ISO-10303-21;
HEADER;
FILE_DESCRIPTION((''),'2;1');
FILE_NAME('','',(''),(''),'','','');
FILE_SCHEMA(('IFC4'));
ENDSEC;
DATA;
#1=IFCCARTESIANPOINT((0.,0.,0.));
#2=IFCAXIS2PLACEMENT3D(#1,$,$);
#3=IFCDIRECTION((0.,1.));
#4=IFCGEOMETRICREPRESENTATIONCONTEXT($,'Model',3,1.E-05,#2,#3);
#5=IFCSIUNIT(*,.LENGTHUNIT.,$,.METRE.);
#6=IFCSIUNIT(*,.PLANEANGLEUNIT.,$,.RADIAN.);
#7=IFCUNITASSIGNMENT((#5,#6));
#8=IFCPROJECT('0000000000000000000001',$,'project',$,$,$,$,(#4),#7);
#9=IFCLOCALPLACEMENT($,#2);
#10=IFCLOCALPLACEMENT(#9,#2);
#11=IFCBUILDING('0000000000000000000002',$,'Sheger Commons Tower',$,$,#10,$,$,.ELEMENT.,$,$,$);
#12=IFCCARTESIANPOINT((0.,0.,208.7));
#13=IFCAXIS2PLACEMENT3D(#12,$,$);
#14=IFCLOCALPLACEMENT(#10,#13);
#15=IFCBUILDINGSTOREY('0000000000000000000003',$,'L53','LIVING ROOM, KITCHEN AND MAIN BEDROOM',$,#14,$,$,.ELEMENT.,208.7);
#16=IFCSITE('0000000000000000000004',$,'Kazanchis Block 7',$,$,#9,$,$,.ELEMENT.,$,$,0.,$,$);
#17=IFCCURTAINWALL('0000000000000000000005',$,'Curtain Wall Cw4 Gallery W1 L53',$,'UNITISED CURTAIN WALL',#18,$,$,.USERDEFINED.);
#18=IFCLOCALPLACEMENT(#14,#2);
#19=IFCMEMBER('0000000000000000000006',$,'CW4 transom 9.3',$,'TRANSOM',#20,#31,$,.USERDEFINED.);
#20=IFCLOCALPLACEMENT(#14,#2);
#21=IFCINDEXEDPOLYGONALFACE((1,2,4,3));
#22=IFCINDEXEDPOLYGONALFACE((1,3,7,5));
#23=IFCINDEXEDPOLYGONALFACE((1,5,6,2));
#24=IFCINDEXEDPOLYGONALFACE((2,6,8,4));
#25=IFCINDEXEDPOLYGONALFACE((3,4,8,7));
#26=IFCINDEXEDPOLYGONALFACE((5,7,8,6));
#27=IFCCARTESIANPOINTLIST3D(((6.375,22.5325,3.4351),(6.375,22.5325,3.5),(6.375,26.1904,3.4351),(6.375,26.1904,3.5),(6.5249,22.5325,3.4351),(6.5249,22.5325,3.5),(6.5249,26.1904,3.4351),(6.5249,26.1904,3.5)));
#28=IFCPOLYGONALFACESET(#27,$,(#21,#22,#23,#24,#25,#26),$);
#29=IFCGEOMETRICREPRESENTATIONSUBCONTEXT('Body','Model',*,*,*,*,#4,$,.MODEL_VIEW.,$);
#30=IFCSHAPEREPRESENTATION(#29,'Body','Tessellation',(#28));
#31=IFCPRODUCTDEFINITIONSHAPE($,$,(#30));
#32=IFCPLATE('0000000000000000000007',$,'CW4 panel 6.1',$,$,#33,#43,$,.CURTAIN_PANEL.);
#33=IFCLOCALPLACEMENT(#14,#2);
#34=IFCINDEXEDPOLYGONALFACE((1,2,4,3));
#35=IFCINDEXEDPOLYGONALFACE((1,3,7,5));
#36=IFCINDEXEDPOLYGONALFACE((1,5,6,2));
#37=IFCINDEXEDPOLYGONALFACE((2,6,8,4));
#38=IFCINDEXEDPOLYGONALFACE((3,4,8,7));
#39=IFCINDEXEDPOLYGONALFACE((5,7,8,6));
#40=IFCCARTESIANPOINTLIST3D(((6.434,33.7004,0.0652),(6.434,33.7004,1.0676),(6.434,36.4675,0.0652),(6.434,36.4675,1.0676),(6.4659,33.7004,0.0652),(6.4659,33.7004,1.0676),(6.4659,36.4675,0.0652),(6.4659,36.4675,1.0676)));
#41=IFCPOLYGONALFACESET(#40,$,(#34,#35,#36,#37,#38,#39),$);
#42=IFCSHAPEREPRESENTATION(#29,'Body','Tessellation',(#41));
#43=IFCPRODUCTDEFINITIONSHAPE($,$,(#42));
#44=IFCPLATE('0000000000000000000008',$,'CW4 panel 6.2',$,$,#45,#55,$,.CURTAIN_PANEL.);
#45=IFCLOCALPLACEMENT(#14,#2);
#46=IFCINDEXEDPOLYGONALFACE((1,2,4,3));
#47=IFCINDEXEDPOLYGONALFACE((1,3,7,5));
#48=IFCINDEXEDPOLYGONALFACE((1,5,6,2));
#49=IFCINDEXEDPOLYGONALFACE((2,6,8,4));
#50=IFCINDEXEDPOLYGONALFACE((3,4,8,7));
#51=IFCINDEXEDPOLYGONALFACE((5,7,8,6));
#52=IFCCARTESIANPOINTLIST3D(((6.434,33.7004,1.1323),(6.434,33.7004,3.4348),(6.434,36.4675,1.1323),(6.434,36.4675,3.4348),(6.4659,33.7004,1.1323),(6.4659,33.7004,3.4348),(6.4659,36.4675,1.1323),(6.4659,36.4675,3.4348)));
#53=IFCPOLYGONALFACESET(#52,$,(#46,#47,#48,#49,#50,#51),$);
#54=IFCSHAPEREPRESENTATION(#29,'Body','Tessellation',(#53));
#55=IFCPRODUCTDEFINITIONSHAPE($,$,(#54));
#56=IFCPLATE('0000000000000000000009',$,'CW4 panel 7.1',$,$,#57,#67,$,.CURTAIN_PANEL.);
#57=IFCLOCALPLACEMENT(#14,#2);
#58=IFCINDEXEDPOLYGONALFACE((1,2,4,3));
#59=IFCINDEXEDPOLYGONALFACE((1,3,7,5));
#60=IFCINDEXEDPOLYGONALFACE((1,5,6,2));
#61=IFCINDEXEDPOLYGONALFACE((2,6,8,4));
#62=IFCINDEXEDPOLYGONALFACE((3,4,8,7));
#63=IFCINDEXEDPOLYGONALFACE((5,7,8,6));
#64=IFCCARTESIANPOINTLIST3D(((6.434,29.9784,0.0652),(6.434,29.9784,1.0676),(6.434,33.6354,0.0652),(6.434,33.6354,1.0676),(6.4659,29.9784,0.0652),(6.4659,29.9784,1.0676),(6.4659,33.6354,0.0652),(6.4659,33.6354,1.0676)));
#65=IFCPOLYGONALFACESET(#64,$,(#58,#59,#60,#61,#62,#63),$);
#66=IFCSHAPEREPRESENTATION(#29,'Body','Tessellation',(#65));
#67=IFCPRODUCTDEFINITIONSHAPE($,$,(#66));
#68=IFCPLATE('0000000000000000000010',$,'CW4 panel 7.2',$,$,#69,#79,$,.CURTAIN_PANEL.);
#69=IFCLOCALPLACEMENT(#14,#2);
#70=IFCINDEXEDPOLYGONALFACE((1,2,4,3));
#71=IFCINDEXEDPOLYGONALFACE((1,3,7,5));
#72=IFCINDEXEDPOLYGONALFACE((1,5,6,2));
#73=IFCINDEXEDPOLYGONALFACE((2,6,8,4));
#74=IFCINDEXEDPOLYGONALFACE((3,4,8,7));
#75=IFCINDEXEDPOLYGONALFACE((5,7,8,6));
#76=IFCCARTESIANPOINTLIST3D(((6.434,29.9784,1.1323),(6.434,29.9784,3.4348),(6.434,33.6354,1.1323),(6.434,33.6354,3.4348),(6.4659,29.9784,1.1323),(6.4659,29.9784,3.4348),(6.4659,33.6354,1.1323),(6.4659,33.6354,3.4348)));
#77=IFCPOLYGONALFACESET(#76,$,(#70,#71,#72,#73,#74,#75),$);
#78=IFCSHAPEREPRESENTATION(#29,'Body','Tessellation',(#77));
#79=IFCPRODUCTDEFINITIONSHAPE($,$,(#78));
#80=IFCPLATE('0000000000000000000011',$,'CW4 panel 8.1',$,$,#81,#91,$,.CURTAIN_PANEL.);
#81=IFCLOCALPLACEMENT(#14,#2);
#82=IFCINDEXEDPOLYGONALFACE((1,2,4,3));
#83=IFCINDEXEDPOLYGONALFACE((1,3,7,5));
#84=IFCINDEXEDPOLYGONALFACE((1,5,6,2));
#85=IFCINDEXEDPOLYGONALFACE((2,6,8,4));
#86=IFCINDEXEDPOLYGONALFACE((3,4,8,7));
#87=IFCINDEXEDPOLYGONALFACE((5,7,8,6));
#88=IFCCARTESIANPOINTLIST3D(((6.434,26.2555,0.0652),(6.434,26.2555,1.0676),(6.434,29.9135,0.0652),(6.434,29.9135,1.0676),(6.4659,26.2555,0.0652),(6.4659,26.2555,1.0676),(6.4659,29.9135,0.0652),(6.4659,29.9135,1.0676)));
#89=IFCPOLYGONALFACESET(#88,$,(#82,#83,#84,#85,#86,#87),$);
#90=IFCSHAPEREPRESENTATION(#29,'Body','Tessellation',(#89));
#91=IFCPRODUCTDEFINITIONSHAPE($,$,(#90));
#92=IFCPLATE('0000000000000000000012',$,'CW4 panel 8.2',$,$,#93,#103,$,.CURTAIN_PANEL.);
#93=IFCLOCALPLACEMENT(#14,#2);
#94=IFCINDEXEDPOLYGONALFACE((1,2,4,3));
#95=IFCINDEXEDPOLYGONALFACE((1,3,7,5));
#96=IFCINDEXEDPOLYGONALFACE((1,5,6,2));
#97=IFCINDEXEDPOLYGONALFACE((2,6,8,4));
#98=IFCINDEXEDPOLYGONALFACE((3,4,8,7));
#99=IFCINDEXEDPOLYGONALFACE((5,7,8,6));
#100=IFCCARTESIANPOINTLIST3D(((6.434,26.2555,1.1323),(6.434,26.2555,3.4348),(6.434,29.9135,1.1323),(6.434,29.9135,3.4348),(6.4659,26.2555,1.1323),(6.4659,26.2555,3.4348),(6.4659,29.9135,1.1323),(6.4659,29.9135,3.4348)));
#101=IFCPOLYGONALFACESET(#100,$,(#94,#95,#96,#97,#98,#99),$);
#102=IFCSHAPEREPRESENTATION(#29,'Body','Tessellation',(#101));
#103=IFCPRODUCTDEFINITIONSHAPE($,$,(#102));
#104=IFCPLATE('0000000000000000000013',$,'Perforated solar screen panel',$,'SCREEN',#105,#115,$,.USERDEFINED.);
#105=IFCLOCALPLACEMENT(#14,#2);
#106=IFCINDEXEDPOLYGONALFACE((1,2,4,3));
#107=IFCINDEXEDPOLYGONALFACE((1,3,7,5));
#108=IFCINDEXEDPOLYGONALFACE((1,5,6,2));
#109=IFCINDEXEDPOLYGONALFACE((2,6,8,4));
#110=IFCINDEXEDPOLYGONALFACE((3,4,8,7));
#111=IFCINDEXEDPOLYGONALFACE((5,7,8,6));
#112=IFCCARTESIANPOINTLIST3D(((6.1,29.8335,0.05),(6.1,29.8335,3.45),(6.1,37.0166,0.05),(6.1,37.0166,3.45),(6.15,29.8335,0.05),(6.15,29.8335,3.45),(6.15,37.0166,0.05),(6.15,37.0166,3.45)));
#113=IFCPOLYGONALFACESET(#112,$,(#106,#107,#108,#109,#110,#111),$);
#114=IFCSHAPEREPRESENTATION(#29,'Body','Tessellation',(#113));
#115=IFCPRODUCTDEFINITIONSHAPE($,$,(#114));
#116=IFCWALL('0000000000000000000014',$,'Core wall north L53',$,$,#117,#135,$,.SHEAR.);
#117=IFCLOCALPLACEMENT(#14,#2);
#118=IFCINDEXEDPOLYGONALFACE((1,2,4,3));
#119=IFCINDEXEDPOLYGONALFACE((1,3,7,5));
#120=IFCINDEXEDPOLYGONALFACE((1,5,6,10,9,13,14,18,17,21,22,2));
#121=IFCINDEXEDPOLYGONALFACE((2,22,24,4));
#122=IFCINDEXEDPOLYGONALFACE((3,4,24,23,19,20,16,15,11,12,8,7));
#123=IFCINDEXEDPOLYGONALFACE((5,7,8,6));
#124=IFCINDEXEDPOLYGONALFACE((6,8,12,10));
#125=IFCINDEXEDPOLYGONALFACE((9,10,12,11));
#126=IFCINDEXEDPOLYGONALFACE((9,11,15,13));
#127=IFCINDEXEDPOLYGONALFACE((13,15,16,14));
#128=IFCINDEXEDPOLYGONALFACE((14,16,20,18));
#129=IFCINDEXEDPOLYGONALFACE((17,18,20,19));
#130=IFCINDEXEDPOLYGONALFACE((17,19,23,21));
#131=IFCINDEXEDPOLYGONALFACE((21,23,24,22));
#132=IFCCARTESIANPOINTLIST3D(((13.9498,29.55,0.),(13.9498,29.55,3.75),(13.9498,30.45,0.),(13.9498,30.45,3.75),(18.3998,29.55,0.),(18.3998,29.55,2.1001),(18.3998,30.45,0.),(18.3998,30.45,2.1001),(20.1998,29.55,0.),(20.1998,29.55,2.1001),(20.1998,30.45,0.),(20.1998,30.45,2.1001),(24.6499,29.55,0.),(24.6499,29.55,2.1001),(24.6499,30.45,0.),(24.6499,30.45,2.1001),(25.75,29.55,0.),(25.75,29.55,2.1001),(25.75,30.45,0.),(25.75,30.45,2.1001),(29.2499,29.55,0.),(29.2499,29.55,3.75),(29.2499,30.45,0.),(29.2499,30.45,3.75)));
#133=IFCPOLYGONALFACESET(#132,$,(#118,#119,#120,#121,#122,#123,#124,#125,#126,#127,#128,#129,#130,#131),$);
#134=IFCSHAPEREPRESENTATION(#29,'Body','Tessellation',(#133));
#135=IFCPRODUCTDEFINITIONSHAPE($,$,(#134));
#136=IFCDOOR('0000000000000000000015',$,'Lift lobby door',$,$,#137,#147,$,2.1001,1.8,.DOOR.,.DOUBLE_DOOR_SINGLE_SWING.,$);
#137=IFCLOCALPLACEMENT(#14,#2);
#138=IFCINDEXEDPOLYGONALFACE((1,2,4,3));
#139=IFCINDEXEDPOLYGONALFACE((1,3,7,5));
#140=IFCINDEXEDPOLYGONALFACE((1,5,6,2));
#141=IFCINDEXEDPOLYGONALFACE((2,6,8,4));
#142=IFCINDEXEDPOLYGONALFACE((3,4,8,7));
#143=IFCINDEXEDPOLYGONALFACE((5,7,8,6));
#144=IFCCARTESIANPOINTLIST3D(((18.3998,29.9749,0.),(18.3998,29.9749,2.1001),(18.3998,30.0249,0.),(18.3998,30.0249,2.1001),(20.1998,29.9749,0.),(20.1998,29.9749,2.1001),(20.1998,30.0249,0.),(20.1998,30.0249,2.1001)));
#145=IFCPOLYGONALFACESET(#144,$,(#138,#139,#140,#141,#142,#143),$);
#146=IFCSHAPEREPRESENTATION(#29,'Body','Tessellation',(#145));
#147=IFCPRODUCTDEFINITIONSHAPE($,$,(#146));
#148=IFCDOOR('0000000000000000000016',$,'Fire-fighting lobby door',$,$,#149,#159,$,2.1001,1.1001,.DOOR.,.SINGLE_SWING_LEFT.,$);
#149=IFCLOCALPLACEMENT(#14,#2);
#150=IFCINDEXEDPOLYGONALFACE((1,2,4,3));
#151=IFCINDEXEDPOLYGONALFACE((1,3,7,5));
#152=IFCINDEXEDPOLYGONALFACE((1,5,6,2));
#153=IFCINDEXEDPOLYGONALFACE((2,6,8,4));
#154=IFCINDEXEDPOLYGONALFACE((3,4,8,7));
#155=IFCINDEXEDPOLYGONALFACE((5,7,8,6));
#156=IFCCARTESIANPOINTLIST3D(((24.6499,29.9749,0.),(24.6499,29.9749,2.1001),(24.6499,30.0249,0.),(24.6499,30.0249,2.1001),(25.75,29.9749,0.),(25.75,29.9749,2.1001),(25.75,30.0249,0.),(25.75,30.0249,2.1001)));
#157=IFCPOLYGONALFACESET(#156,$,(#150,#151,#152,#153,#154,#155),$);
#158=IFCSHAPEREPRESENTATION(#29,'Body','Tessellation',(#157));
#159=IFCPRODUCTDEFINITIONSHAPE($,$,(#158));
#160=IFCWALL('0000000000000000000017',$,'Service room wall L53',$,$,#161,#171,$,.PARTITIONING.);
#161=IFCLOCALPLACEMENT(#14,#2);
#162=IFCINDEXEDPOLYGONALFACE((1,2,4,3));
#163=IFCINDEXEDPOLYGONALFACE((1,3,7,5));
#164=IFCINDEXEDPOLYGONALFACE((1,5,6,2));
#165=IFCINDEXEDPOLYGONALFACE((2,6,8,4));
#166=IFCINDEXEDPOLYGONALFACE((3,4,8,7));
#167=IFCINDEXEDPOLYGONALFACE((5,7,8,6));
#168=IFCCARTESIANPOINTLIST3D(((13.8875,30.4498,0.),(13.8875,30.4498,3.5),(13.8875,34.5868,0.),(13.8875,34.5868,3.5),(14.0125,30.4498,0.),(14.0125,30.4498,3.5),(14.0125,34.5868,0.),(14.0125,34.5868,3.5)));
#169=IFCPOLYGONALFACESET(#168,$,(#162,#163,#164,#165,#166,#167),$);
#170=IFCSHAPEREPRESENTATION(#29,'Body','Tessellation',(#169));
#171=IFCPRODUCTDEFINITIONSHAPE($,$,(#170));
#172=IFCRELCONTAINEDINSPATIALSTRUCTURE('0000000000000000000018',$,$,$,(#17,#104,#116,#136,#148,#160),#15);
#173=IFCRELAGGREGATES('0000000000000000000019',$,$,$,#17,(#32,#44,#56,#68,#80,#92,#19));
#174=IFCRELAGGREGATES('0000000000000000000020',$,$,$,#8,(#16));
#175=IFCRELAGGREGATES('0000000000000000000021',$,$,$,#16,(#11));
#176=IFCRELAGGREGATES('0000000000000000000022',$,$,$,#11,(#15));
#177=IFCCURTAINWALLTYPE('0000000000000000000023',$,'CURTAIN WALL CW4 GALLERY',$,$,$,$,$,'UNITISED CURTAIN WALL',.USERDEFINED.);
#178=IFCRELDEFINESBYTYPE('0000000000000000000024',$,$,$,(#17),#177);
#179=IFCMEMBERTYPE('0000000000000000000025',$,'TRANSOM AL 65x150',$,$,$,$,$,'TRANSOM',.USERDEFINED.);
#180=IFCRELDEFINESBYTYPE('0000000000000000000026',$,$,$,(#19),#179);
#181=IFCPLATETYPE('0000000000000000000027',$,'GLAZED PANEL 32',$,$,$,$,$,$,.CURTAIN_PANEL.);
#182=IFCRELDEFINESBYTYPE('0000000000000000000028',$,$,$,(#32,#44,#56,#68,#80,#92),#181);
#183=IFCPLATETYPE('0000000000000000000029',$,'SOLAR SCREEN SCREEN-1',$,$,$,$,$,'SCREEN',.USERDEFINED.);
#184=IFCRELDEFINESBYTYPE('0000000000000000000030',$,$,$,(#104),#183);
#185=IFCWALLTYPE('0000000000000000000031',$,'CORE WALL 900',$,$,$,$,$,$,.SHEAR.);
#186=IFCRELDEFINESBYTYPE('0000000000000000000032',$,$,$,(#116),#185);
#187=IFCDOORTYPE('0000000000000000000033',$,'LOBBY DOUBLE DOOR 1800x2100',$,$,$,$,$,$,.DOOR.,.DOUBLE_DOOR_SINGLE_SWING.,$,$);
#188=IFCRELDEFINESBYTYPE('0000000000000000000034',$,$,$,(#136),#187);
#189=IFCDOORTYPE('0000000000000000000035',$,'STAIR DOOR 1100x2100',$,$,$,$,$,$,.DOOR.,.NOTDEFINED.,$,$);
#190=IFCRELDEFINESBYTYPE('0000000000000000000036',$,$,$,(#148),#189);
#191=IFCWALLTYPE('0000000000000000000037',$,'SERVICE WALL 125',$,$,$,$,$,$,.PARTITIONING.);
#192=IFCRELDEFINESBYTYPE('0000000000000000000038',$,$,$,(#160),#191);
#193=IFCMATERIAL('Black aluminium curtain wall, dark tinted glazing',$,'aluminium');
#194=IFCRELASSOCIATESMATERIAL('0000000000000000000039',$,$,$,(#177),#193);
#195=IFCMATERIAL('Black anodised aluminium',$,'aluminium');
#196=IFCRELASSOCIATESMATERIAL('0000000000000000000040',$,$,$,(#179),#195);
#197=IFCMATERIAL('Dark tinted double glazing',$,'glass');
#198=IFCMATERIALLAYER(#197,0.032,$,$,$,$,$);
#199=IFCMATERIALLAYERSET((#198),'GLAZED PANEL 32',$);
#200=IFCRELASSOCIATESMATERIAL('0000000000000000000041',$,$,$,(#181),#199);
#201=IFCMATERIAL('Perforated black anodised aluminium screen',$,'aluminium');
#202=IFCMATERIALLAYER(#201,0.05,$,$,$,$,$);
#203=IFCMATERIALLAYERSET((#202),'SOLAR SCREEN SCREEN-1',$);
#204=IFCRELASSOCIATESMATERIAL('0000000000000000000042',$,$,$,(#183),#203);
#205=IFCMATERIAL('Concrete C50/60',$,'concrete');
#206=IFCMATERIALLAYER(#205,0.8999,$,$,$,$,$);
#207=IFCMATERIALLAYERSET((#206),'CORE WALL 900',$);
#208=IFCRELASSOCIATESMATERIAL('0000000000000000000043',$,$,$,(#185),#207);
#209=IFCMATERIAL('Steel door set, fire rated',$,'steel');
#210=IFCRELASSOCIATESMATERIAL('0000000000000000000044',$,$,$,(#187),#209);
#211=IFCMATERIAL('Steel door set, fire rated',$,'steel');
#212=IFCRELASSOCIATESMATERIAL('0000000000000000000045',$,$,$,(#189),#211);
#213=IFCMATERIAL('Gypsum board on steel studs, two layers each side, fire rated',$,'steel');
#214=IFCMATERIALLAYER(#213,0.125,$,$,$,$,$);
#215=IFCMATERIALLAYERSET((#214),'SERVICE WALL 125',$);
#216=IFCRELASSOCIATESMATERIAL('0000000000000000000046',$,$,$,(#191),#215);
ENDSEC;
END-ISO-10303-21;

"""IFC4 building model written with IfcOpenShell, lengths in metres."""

from ifc_helpers import new_model, si_unit, direction, frame, frame_2d, origin, origin_2d, place, context, subcontext, project, spatial, rectangle, extrude, material, layer, layer_set, material_profile, profile_set, type_object, element, fill, aggregate, save


model = new_model("IFC4")

# Units and contexts
model_context = context("Model", 3, precision=1e-05, world=origin(), true_north=direction((0.0, 1.0)))
body_context = subcontext(model_context, "Body", "Model", "MODEL_VIEW")
ifc_project = project(units=[si_unit("LENGTHUNIT", "METRE"), si_unit("PLANEANGLEUNIT", "RADIAN")], contexts=[model_context])

# Site, building, storey
site_placement = place(None, origin())
site = spatial("IfcSite", under=ifc_project, at=site_placement, Name="Kazanchis Block 7", CompositionType="ELEMENT", RefElevation=0.0)
building_placement = place(site_placement, origin())
building = spatial("IfcBuilding", under=site, at=building_placement, Name="Sheger Commons Tower", CompositionType="ELEMENT")
storey_placement = place(building_placement, frame((0.0, 0.0, 208.7)))
storey = spatial("IfcBuildingStorey", under=building, at=storey_placement, Name="L53", Description="LIVING ROOM, KITCHEN AND MAIN BEDROOM", CompositionType="ELEMENT", Elevation=208.7)

# Curtain wall
ifc_material_1 = material(Name="Black aluminium curtain wall, dark tinted glazing", Category="aluminium")
curtain_wall_type = type_object("IfcCurtainWallType", Name="CURTAIN WALL CW4 GALLERY", ElementType="UNITISED CURTAIN WALL", PredefinedType="USERDEFINED", material=ifc_material_1)
curtain_wall_placement = place(storey_placement, origin())
curtain_wall = element("IfcCurtainWall", 1, at=curtain_wall_placement, inside=storey, type_object=curtain_wall_type, Name="Curtain Wall Cw4 Gallery W1 L53", ObjectType="UNITISED CURTAIN WALL", PredefinedType="USERDEFINED")

# Member
ifc_material_2 = material(Name="Black anodised aluminium", Category="aluminium")
ifc_material_profile_1 = material_profile(ifc_material_2, rectangle(XDim=0.1499, YDim=0.0649, at=origin_2d()), Name="AL 65x150")
ifc_profile_set_1 = profile_set([ifc_material_profile_1], Name="Black anodised aluminium")
member_type_1 = type_object("IfcMemberType", Name="TRANSOM AL 65x150", ElementType="TRANSOM", PredefinedType="USERDEFINED", material=ifc_profile_set_1)
member_1_placement = place(storey_placement, frame((6.45, 26.1904, 3.4675), z_axis=(0.0, -1.0, 0.0), x_axis=(1.0, 0.0, 0.0)))
member_1 = element("IfcMember", 2, at=member_1_placement, type_object=member_type_1, Name="CW4 transom 9.3", ObjectType="TRANSOM", PredefinedType="USERDEFINED", context=body_context, shape_type="SweptSolid", body=[
    extrude(rectangle(XDim=0.1499, YDim=0.0649, at=origin_2d()), origin(), (0.0, 0.0, 1.0), 3.658),
])

# Plates
ifc_material_3 = material(Name="Dark tinted double glazing", Category="glass")
ifc_layer_1 = layer(ifc_material_3, 0.032)
ifc_layer_set_1 = layer_set([ifc_layer_1], Name="GLAZED PANEL 32")
plate_type_1 = type_object("IfcPlateType", Name="GLAZED PANEL 32", PredefinedType="CURTAIN_PANEL", material=ifc_layer_set_1)
plate_1_placement = place(storey_placement, frame((6.45, 35.084, 0.0652), z_axis=(0.0, 0.0, 1.0), x_axis=(0.0, -1.0, 0.0)))
plate_1 = element("IfcPlate", 3, at=plate_1_placement, type_object=plate_type_1, Name="CW4 panel 6.1", PredefinedType="CURTAIN_PANEL", context=body_context, shape_type="SweptSolid", body=[
    extrude(rectangle(XDim=2.7671, YDim=0.032, at=origin_2d()), origin(), (0.0, 0.0, 1.0), 1.0024),
])
plate_2_placement = place(storey_placement, frame((6.45, 35.084, 1.1323), z_axis=(0.0, 0.0, 1.0), x_axis=(0.0, -1.0, 0.0)))
plate_2 = element("IfcPlate", 4, at=plate_2_placement, type_object=plate_type_1, Name="CW4 panel 6.2", PredefinedType="CURTAIN_PANEL", context=body_context, shape_type="SweptSolid", body=[
    extrude(rectangle(XDim=2.7671, YDim=0.032, at=origin_2d()), origin(), (0.0, 0.0, 1.0), 2.3025),
])
plate_3_placement = place(storey_placement, frame((6.45, 31.8069, 0.0652), z_axis=(0.0, 0.0, 1.0), x_axis=(0.0, -1.0, 0.0)))
plate_3 = element("IfcPlate", 5, at=plate_3_placement, type_object=plate_type_1, Name="CW4 panel 7.1", PredefinedType="CURTAIN_PANEL", context=body_context, shape_type="SweptSolid", body=[
    extrude(rectangle(XDim=3.657, YDim=0.032, at=origin_2d()), origin(), (0.0, 0.0, 1.0), 1.0024),
])
plate_4_placement = place(storey_placement, frame((6.45, 31.8069, 1.1323), z_axis=(0.0, 0.0, 1.0), x_axis=(0.0, -1.0, 0.0)))
plate_4 = element("IfcPlate", 6, at=plate_4_placement, type_object=plate_type_1, Name="CW4 panel 7.2", PredefinedType="CURTAIN_PANEL", context=body_context, shape_type="SweptSolid", body=[
    extrude(rectangle(XDim=3.657, YDim=0.032, at=origin_2d()), origin(), (0.0, 0.0, 1.0), 2.3025),
])
plate_5_placement = place(storey_placement, frame((6.45, 28.0845, 0.0652), z_axis=(0.0, 0.0, 1.0), x_axis=(0.0, -1.0, 0.0)))
plate_5 = element("IfcPlate", 7, at=plate_5_placement, type_object=plate_type_1, Name="CW4 panel 8.1", PredefinedType="CURTAIN_PANEL", context=body_context, shape_type="SweptSolid", body=[
    extrude(rectangle(XDim=3.658, YDim=0.032, at=origin_2d()), origin(), (0.0, 0.0, 1.0), 1.0024),
])
plate_6_placement = place(storey_placement, frame((6.45, 28.0845, 1.1323), z_axis=(0.0, 0.0, 1.0), x_axis=(0.0, -1.0, 0.0)))
plate_6 = element("IfcPlate", 8, at=plate_6_placement, type_object=plate_type_1, Name="CW4 panel 8.2", PredefinedType="CURTAIN_PANEL", context=body_context, shape_type="SweptSolid", body=[
    extrude(rectangle(XDim=3.658, YDim=0.032, at=origin_2d()), origin(), (0.0, 0.0, 1.0), 2.3025),
])
aggregate(curtain_wall, [plate_1, plate_2, plate_3, plate_4, plate_5, plate_6, member_1])
ifc_material_4 = material(Name="Perforated black anodised aluminium screen", Category="aluminium")
ifc_layer_2 = layer(ifc_material_4, 0.05)
ifc_layer_set_2 = layer_set([ifc_layer_2], Name="SOLAR SCREEN SCREEN-1")
plate_type_2 = type_object("IfcPlateType", Name="SOLAR SCREEN SCREEN-1", ElementType="SCREEN", PredefinedType="USERDEFINED", material=ifc_layer_set_2)
plate_7_placement = place(storey_placement, frame((6.125, 33.425, 0.05), z_axis=(0.0, 0.0, 1.0), x_axis=(0.0, -1.0, 0.0)))
element("IfcPlate", 9, at=plate_7_placement, inside=storey, type_object=plate_type_2, Name="Perforated solar screen panel", ObjectType="SCREEN", PredefinedType="USERDEFINED", context=body_context, shape_type="SweptSolid", body=[
    extrude(rectangle(XDim=7.1831, YDim=0.05, at=origin_2d()), origin(), (0.0, 0.0, 1.0), 3.3999),
])

# Wall, openings, doors
ifc_material_5 = material(Name="Concrete C50/60", Category="concrete")
ifc_layer_3 = layer(ifc_material_5, 0.8999)
ifc_layer_set_3 = layer_set([ifc_layer_3], Name="CORE WALL 900")
wall_type_1 = type_object("IfcWallType", Name="CORE WALL 900", PredefinedType="SHEAR", material=ifc_layer_set_3)
wall_1_placement = place(storey_placement, frame((13.95, 30.0, 0.0), z_axis=(0.0, 0.0, 1.0), x_axis=(1.0, 0.0, 0.0)))
wall_1 = element("IfcWall", 10, at=wall_1_placement, inside=storey, type_object=wall_type_1, Name="Core wall north L53", PredefinedType="SHEAR", context=body_context, shape_type="SweptSolid", body=[
    extrude(rectangle(XDim=15.3, YDim=0.8999, at=frame_2d((7.6499, 0.0))), origin(), (0.0, 0.0, 1.0), 3.75),
])
opening_1_placement = place(wall_1_placement, frame((4.45, 0.0, 0.0)))
opening_1 = element("IfcOpeningElement", 11, at=opening_1_placement, cuts=wall_1, PredefinedType="OPENING", context=body_context, shape_type="SweptSolid", body=[
    extrude(rectangle(XDim=1.8, YDim=2.1001, at=frame_2d((0.8999, 1.05))), frame((0.0, 0.46, 0.0), z_axis=(0.0, -1.0, 0.0), x_axis=(1.0, 0.0, 0.0)), (0.0, 0.0, 1.0), 0.9199),
])
opening_2_placement = place(wall_1_placement, frame((10.7, 0.0, 0.0)))
opening_2 = element("IfcOpeningElement", 12, at=opening_2_placement, cuts=wall_1, PredefinedType="OPENING", context=body_context, shape_type="SweptSolid", body=[
    extrude(rectangle(XDim=1.1001, YDim=2.1001, at=frame_2d((0.55, 1.05))), frame((0.0, 0.46, 0.0), z_axis=(0.0, -1.0, 0.0), x_axis=(1.0, 0.0, 0.0)), (0.0, 0.0, 1.0), 0.9199),
])
ifc_material_6 = material(Name="Steel door set, fire rated", Category="steel")
door_type_1 = type_object("IfcDoorType", Name="LOBBY DOUBLE DOOR 1800x2100", OperationType="DOUBLE_DOOR_SINGLE_SWING", PredefinedType="DOOR", material=ifc_material_6)
door_1_placement = place(opening_1_placement, origin())
door_1 = element("IfcDoor", 13, at=door_1_placement, inside=storey, type_object=door_type_1, Name="Lift lobby door", OperationType="DOUBLE_DOOR_SINGLE_SWING", OverallHeight=2.1001, OverallWidth=1.8, PredefinedType="DOOR", context=body_context, shape_type="SweptSolid", body=[
    extrude(rectangle(XDim=1.8, YDim=2.1001, at=frame_2d((0.8999, 1.05))), frame((0.0, 0.0249, 0.0), z_axis=(0.0, -1.0, 0.0), x_axis=(1.0, 0.0, 0.0)), (0.0, 0.0, 1.0), 0.05),
])
fill(opening_1, door_1)
ifc_material_7 = material(Name="Steel door set, fire rated", Category="steel")
door_type_2 = type_object("IfcDoorType", Name="STAIR DOOR 1100x2100", OperationType="NOTDEFINED", PredefinedType="DOOR", material=ifc_material_7)
door_2_placement = place(opening_2_placement, origin())
door_2 = element("IfcDoor", 14, at=door_2_placement, inside=storey, type_object=door_type_2, Name="Fire-fighting lobby door", OperationType="SINGLE_SWING_LEFT", OverallHeight=2.1001, OverallWidth=1.1001, PredefinedType="DOOR", context=body_context, shape_type="SweptSolid", body=[
    extrude(rectangle(XDim=1.1001, YDim=2.1001, at=frame_2d((0.55, 1.05))), frame((0.0, 0.0249, 0.0), z_axis=(0.0, -1.0, 0.0), x_axis=(1.0, 0.0, 0.0)), (0.0, 0.0, 1.0), 0.05),
])
fill(opening_2, door_2)

# Wall
ifc_material_8 = material(Name="Gypsum board on steel studs, two layers each side, fire rated", Category="steel")
ifc_layer_4 = layer(ifc_material_8, 0.125)
ifc_layer_set_4 = layer_set([ifc_layer_4], Name="SERVICE WALL 125")
wall_type_2 = type_object("IfcWallType", Name="SERVICE WALL 125", PredefinedType="PARTITIONING", material=ifc_layer_set_4)
wall_2_placement = place(storey_placement, frame((13.95, 30.45, 0.0), z_axis=(0.0, 0.0, 1.0), x_axis=(0.0, 1.0, 0.0)))
element("IfcWall", 15, at=wall_2_placement, inside=storey, type_object=wall_type_2, Name="Service room wall L53", PredefinedType="PARTITIONING", context=body_context, shape_type="SweptSolid", body=[
    extrude(rectangle(XDim=4.137, YDim=0.125, at=frame_2d((2.0684, 0.0))), origin(), (0.0, 0.0, 1.0), 3.5),
])

save(model, "model.ifc")
